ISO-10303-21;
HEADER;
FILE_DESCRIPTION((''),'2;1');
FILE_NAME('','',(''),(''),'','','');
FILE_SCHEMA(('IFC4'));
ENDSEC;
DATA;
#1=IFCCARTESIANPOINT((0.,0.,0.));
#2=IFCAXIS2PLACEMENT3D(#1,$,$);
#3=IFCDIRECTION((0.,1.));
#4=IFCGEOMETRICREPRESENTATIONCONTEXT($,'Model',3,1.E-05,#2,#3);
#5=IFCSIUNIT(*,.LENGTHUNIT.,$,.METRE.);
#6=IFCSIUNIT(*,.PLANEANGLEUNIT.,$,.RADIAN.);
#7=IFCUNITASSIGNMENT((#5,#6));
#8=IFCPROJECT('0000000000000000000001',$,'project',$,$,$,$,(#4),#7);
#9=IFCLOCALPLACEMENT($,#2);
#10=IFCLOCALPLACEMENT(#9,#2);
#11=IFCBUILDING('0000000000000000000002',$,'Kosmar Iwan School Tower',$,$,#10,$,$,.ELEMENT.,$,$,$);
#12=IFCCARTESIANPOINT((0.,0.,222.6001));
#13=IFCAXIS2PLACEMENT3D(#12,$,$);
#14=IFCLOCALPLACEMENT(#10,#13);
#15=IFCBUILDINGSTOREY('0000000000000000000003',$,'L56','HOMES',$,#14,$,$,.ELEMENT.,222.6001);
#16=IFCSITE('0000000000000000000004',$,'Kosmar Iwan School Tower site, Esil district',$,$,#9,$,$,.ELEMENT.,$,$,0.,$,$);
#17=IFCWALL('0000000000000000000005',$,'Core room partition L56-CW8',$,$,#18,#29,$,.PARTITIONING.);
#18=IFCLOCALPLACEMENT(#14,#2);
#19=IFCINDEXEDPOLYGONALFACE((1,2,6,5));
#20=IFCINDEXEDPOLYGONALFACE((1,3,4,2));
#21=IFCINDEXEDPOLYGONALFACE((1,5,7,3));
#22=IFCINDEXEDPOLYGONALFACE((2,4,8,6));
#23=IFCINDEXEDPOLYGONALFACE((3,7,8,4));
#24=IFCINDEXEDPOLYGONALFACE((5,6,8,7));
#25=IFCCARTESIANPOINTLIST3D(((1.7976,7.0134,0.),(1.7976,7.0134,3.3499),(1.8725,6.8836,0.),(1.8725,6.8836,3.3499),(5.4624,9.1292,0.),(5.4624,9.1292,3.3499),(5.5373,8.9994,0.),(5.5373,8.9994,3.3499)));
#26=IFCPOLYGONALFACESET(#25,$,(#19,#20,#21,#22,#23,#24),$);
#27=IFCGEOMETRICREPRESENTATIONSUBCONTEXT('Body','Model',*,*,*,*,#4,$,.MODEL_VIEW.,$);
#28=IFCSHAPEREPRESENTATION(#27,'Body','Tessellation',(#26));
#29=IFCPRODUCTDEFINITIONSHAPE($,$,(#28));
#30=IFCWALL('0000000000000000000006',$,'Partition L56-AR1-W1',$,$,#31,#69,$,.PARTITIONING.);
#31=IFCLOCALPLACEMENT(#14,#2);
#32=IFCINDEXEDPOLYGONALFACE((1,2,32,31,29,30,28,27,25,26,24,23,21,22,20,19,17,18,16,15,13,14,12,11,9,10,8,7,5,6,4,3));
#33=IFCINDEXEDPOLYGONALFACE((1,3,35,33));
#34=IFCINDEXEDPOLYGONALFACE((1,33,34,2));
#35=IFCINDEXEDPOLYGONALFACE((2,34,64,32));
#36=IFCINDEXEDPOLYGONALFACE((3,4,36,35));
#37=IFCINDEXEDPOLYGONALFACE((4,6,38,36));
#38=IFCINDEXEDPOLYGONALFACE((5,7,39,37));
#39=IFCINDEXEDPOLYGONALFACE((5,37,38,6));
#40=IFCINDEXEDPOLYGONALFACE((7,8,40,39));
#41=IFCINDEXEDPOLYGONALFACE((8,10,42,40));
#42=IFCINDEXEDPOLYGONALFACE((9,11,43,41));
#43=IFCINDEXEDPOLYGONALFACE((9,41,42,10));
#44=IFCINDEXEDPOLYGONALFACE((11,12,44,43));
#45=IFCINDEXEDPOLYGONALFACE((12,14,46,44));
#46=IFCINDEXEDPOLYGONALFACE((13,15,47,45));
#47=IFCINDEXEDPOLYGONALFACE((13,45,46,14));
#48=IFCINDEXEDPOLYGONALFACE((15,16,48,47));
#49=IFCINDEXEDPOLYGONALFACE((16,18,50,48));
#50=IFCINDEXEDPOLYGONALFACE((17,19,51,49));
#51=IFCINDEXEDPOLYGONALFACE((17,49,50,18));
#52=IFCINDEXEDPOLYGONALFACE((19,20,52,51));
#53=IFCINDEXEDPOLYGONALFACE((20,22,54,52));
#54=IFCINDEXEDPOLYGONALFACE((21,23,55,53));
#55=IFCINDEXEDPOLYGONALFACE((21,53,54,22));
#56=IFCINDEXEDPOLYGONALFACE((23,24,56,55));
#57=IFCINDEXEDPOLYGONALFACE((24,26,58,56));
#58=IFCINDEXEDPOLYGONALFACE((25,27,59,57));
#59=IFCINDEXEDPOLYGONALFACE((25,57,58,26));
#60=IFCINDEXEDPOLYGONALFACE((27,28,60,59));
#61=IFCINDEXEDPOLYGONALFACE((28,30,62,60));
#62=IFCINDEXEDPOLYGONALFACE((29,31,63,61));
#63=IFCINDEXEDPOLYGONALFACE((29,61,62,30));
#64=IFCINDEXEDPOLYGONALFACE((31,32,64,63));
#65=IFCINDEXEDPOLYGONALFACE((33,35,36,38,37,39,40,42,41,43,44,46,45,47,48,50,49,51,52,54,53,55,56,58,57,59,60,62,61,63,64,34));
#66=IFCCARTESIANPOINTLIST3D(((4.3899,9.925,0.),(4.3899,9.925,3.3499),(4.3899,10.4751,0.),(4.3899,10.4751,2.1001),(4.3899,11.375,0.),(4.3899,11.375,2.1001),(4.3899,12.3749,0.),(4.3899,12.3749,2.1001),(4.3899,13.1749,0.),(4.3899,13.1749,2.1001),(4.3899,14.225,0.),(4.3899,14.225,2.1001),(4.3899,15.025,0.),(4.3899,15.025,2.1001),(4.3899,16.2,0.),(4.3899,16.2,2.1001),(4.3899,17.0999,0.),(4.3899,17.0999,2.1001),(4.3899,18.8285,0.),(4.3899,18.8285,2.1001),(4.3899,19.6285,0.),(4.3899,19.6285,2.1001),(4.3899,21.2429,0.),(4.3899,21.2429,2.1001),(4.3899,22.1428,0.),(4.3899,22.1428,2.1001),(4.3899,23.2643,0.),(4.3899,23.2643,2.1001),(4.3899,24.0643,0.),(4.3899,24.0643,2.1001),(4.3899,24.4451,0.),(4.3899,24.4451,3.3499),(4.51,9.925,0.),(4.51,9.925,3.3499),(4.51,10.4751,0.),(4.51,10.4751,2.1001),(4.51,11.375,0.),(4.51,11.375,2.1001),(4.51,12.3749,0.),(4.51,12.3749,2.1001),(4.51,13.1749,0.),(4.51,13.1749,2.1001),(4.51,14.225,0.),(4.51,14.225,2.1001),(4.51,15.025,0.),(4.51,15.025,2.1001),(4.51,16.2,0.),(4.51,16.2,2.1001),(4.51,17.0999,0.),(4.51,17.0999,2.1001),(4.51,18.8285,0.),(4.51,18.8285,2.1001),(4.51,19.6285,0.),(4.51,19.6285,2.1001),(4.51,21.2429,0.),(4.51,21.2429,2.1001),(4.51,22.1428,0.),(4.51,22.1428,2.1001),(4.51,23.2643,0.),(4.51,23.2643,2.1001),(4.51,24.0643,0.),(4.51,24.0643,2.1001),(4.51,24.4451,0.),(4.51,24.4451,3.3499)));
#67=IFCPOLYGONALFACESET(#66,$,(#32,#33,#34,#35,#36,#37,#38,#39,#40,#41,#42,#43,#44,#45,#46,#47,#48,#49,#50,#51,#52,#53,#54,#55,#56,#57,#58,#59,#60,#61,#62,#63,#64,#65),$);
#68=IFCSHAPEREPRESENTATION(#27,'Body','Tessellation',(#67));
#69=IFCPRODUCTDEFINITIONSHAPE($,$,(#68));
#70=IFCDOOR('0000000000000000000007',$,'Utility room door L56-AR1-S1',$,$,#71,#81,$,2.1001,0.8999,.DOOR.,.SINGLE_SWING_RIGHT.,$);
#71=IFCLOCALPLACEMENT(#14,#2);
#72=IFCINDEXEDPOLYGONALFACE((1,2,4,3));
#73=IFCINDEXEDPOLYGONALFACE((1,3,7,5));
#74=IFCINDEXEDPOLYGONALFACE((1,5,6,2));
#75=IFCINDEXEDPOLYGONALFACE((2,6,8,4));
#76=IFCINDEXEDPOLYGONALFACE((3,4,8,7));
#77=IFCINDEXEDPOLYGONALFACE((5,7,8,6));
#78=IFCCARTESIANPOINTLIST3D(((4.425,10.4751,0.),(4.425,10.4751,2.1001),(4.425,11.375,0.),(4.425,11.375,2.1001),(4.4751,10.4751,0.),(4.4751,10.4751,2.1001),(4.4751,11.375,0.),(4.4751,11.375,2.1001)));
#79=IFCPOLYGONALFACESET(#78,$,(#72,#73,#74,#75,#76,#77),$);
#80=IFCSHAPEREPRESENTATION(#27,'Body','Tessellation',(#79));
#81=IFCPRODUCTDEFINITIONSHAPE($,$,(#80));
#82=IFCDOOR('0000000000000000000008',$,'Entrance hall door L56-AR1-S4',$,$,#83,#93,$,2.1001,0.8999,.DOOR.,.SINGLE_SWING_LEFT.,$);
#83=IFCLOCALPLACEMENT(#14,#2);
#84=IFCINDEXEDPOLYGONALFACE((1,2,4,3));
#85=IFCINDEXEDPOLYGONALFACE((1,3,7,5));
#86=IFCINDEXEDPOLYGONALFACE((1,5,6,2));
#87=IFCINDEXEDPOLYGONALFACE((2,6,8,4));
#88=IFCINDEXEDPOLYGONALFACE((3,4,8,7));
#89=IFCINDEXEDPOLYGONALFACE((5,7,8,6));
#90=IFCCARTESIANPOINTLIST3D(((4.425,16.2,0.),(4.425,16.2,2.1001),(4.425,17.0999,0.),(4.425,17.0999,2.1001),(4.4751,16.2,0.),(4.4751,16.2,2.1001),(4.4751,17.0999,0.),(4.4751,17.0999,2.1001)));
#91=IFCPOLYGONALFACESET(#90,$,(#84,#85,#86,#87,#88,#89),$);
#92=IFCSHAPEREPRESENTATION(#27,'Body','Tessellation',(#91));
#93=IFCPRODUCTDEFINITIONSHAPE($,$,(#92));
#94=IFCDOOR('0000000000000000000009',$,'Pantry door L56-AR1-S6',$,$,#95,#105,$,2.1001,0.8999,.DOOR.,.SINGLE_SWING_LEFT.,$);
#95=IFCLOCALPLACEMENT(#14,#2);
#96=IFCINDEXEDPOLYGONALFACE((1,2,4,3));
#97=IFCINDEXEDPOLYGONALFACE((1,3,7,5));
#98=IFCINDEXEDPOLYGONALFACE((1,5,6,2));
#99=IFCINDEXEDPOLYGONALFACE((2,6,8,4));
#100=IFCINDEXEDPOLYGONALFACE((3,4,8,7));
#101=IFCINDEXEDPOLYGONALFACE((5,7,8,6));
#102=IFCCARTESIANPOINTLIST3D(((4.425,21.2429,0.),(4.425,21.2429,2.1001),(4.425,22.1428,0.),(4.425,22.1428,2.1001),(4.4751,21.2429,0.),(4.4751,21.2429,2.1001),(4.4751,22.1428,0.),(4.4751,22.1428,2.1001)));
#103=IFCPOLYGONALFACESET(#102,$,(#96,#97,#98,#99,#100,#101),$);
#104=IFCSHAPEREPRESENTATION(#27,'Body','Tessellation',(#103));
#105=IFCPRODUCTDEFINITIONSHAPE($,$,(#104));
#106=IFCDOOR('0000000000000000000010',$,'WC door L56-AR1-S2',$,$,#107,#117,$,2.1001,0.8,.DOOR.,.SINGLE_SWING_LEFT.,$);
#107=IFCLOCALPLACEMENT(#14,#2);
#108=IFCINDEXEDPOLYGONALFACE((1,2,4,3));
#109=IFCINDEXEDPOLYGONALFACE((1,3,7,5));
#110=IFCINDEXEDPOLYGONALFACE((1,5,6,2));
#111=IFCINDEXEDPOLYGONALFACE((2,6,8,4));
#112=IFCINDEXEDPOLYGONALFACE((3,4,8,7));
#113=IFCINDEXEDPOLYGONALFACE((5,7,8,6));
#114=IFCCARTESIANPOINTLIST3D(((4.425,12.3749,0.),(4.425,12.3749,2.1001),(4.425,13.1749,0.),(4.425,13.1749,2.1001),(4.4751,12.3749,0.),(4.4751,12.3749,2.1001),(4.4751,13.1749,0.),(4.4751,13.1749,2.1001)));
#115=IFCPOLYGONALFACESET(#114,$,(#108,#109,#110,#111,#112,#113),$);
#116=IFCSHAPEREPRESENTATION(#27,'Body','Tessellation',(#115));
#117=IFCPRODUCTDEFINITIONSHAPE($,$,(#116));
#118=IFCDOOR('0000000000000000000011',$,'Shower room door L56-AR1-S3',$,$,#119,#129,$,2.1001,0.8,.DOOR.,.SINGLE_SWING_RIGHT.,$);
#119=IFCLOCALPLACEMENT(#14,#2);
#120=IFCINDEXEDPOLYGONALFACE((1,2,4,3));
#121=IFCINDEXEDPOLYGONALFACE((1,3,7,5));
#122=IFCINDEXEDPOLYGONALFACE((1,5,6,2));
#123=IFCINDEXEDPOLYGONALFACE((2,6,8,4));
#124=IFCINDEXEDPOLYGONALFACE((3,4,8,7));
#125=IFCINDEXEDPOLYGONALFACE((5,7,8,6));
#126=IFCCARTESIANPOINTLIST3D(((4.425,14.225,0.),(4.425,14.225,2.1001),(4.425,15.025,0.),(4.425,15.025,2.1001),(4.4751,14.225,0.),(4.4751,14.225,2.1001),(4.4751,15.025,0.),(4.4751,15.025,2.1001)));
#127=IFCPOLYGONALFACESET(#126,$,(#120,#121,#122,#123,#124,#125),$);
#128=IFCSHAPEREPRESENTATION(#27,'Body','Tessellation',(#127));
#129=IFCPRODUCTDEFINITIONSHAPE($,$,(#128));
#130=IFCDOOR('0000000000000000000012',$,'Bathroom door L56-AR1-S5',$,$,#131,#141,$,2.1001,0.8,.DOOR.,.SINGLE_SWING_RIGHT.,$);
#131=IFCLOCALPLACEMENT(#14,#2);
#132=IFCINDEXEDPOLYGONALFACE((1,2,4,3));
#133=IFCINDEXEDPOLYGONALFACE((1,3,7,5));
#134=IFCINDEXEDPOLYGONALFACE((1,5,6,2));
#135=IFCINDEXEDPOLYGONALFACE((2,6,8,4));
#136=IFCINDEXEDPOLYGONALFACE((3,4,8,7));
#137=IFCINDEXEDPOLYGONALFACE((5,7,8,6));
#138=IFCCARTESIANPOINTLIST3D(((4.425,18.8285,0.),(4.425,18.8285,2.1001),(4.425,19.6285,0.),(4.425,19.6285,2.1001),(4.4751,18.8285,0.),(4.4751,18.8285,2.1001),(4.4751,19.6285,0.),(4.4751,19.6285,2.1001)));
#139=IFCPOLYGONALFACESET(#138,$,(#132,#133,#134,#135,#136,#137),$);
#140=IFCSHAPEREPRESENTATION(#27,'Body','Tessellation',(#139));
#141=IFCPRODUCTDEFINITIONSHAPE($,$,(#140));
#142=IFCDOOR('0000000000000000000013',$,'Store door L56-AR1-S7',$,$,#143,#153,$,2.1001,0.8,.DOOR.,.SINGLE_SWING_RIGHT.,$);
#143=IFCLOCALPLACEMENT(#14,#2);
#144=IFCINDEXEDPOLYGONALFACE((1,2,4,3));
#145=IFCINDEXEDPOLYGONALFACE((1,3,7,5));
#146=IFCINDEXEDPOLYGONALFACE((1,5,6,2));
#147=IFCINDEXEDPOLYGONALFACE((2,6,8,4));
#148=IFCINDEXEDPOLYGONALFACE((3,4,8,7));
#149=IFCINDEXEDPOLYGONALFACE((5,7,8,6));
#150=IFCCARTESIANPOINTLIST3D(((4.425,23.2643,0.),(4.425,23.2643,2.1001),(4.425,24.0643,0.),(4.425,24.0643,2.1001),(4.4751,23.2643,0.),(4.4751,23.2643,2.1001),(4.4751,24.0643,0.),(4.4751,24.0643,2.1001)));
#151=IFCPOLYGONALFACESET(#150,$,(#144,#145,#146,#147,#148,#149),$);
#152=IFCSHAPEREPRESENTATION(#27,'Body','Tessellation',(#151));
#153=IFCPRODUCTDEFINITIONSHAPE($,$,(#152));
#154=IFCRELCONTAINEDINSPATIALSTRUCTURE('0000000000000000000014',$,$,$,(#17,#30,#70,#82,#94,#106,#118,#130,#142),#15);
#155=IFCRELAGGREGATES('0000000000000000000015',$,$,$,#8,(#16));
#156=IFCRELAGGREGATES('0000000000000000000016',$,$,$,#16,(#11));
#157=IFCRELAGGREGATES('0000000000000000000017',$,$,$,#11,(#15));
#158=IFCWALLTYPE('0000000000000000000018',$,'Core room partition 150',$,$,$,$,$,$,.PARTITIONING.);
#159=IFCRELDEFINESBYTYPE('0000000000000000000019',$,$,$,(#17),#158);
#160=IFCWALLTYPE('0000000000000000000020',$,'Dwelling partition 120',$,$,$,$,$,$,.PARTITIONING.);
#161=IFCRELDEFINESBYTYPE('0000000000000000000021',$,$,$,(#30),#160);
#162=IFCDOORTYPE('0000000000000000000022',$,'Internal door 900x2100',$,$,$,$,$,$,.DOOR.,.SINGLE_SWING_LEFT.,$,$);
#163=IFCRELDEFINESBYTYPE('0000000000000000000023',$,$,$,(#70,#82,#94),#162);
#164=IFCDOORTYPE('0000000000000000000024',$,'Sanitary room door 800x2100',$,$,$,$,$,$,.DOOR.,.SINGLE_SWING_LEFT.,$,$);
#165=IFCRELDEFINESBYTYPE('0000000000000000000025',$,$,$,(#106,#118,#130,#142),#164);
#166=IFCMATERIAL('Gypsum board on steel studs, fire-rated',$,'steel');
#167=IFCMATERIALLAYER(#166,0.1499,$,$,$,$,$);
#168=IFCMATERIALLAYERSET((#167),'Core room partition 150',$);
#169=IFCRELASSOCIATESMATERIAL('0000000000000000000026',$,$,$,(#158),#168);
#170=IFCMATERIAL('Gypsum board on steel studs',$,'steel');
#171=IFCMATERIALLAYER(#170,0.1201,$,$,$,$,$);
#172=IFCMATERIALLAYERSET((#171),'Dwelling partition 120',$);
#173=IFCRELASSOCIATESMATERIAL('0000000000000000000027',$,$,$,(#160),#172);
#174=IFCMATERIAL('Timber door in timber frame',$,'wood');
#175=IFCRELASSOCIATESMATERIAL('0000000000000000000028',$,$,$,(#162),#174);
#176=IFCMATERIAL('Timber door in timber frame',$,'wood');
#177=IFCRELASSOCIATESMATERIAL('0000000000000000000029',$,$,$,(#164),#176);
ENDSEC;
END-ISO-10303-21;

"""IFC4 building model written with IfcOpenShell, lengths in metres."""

from ifc_helpers import new_model, si_unit, direction, frame, frame_2d, origin, place, context, subcontext, project, spatial, rectangle, extrude, material, layer, layer_set, type_object, element, fill, save


model = new_model("IFC4")

# Units and contexts
model_context = context("Model", 3, precision=1e-05, world=origin(), true_north=direction((0.0, 1.0)))
body_context = subcontext(model_context, "Body", "Model", "MODEL_VIEW")
ifc_project = project(units=[si_unit("LENGTHUNIT", "METRE"), si_unit("PLANEANGLEUNIT", "RADIAN")], contexts=[model_context])

# Site, building, storey
site_placement = place(None, origin())
site = spatial("IfcSite", under=ifc_project, at=site_placement, Name="Kosmar Iwan School Tower site, Esil district", CompositionType="ELEMENT", RefElevation=0.0)
building_placement = place(site_placement, origin())
building = spatial("IfcBuilding", under=site, at=building_placement, Name="Kosmar Iwan School Tower", CompositionType="ELEMENT")
storey_placement = place(building_placement, frame((0.0, 0.0, 222.6001)))
storey = spatial("IfcBuildingStorey", under=building, at=storey_placement, Name="L56", Description="HOMES", CompositionType="ELEMENT", Elevation=222.6001)

# Wall
ifc_material_1 = material(Name="Gypsum board on steel studs, fire-rated", Category="steel")
ifc_layer_1 = layer(ifc_material_1, 0.1499)
ifc_layer_set_1 = layer_set([ifc_layer_1], Name="Core room partition 150")
wall_type_1 = type_object("IfcWallType", Name="Core room partition 150", PredefinedType="PARTITIONING", material=ifc_layer_set_1)
wall_1_placement = place(storey_placement, frame((5.4998, 9.0642, 0.0), z_axis=(0.0, 0.0, 1.0), x_axis=(-0.866041, -0.499974, 0.0)))
element("IfcWall", 1, at=wall_1_placement, inside=storey, type_object=wall_type_1, Name="Core room partition L56-CW8", PredefinedType="PARTITIONING", context=body_context, shape_type="SweptSolid", body=[
    extrude(rectangle(XDim=4.2317, YDim=0.1499, at=frame_2d((2.1157, 0.0))), origin(), (0.0, 0.0, 1.0), 3.3499),
])

# Wall, openings, doors
ifc_material_2 = material(Name="Gypsum board on steel studs", Category="steel")
ifc_layer_2 = layer(ifc_material_2, 0.1201)
ifc_layer_set_2 = layer_set([ifc_layer_2], Name="Dwelling partition 120")
wall_type_2 = type_object("IfcWallType", Name="Dwelling partition 120", PredefinedType="PARTITIONING", material=ifc_layer_set_2)
wall_2_placement = place(storey_placement, frame((4.45, 9.925, 0.0), z_axis=(0.0, 0.0, 1.0), x_axis=(0.0, 1.0, 0.0)))
wall_2 = element("IfcWall", 2, at=wall_2_placement, inside=storey, type_object=wall_type_2, Name="Partition L56-AR1-W1", PredefinedType="PARTITIONING", context=body_context, shape_type="SweptSolid", body=[
    extrude(rectangle(XDim=14.52, YDim=0.1201, at=frame_2d((7.26, 0.0))), origin(), (0.0, 0.0, 1.0), 3.3499),
])
opening_1_placement = place(wall_2_placement, frame((0.55, 0.0, 0.0)))
opening_1 = element("IfcOpeningElement", 3, at=opening_1_placement, cuts=wall_2, PredefinedType="OPENING", context=body_context, shape_type="SweptSolid", body=[
    extrude(rectangle(XDim=0.8999, YDim=2.1001, at=frame_2d((0.45, 1.05))), frame((0.0, 0.072, 0.0), z_axis=(0.0, -1.0, 0.0), x_axis=(1.0, 0.0, 0.0)), (0.0, 0.0, 1.0), 0.144),
])
opening_2_placement = place(wall_2_placement, frame((2.45, 0.0, 0.0)))
opening_2 = element("IfcOpeningElement", 4, at=opening_2_placement, cuts=wall_2, PredefinedType="OPENING", context=body_context, shape_type="SweptSolid", body=[
    extrude(rectangle(XDim=0.8, YDim=2.1001, at=frame_2d((0.3999, 1.05))), frame((0.0, 0.072, 0.0), z_axis=(0.0, -1.0, 0.0), x_axis=(1.0, 0.0, 0.0)), (0.0, 0.0, 1.0), 0.144),
])
opening_3_placement = place(wall_2_placement, frame((4.3, 0.0, 0.0)))
opening_3 = element("IfcOpeningElement", 5, at=opening_3_placement, cuts=wall_2, PredefinedType="OPENING", context=body_context, shape_type="SweptSolid", body=[
    extrude(rectangle(XDim=0.8, YDim=2.1001, at=frame_2d((0.3999, 1.05))), frame((0.0, 0.072, 0.0), z_axis=(0.0, -1.0, 0.0), x_axis=(1.0, 0.0, 0.0)), (0.0, 0.0, 1.0), 0.144),
])
opening_4_placement = place(wall_2_placement, frame((6.2749, 0.0, 0.0)))
opening_4 = element("IfcOpeningElement", 6, at=opening_4_placement, cuts=wall_2, PredefinedType="OPENING", context=body_context, shape_type="SweptSolid", body=[
    extrude(rectangle(XDim=0.8999, YDim=2.1001, at=frame_2d((0.45, 1.05))), frame((0.0, 0.072, 0.0), z_axis=(0.0, -1.0, 0.0), x_axis=(1.0, 0.0, 0.0)), (0.0, 0.0, 1.0), 0.144),
])
opening_5_placement = place(wall_2_placement, frame((8.9036, 0.0, 0.0)))
opening_5 = element("IfcOpeningElement", 7, at=opening_5_placement, cuts=wall_2, PredefinedType="OPENING", context=body_context, shape_type="SweptSolid", body=[
    extrude(rectangle(XDim=0.8, YDim=2.1001, at=frame_2d((0.3999, 1.05))), frame((0.0, 0.072, 0.0), z_axis=(0.0, -1.0, 0.0), x_axis=(1.0, 0.0, 0.0)), (0.0, 0.0, 1.0), 0.144),
])
opening_6_placement = place(wall_2_placement, frame((11.3179, 0.0, 0.0)))
opening_6 = element("IfcOpeningElement", 8, at=opening_6_placement, cuts=wall_2, PredefinedType="OPENING", context=body_context, shape_type="SweptSolid", body=[
    extrude(rectangle(XDim=0.8999, YDim=2.1001, at=frame_2d((0.45, 1.05))), frame((0.0, 0.072, 0.0), z_axis=(0.0, -1.0, 0.0), x_axis=(1.0, 0.0, 0.0)), (0.0, 0.0, 1.0), 0.144),
])
opening_7_placement = place(wall_2_placement, frame((13.3394, 0.0, 0.0)))
opening_7 = element("IfcOpeningElement", 9, at=opening_7_placement, cuts=wall_2, PredefinedType="OPENING", context=body_context, shape_type="SweptSolid", body=[
    extrude(rectangle(XDim=0.8, YDim=2.1001, at=frame_2d((0.3999, 1.05))), frame((0.0, 0.072, 0.0), z_axis=(0.0, -1.0, 0.0), x_axis=(1.0, 0.0, 0.0)), (0.0, 0.0, 1.0), 0.144),
])
ifc_material_3 = material(Name="Timber door in timber frame", Category="wood")
door_type_1 = type_object("IfcDoorType", Name="Internal door 900x2100", OperationType="SINGLE_SWING_LEFT", PredefinedType="DOOR", material=ifc_material_3)
door_1_placement = place(opening_1_placement, origin())
door_1 = element("IfcDoor", 10, at=door_1_placement, inside=storey, type_object=door_type_1, Name="Utility room door L56-AR1-S1", OperationType="SINGLE_SWING_RIGHT", OverallHeight=2.1001, OverallWidth=0.8999, PredefinedType="DOOR", context=body_context, shape_type="SweptSolid", body=[
    extrude(rectangle(XDim=0.8999, YDim=2.1001, at=frame_2d((0.45, 1.05))), frame((0.0, 0.0249, 0.0), z_axis=(0.0, -1.0, 0.0), x_axis=(1.0, 0.0, 0.0)), (0.0, 0.0, 1.0), 0.05),
])
fill(opening_1, door_1)
door_2_placement = place(opening_4_placement, origin())
door_2 = element("IfcDoor", 11, at=door_2_placement, inside=storey, type_object=door_type_1, Name="Entrance hall door L56-AR1-S4", OperationType="SINGLE_SWING_LEFT", OverallHeight=2.1001, OverallWidth=0.8999, PredefinedType="DOOR", context=body_context, shape_type="SweptSolid", body=[
    extrude(rectangle(XDim=0.8999, YDim=2.1001, at=frame_2d((0.45, 1.05))), frame((0.0, 0.0249, 0.0), z_axis=(0.0, -1.0, 0.0), x_axis=(1.0, 0.0, 0.0)), (0.0, 0.0, 1.0), 0.05),
])
fill(opening_4, door_2)
door_3_placement = place(opening_6_placement, origin())
door_3 = element("IfcDoor", 12, at=door_3_placement, inside=storey, type_object=door_type_1, Name="Pantry door L56-AR1-S6", OperationType="SINGLE_SWING_LEFT", OverallHeight=2.1001, OverallWidth=0.8999, PredefinedType="DOOR", context=body_context, shape_type="SweptSolid", body=[
    extrude(rectangle(XDim=0.8999, YDim=2.1001, at=frame_2d((0.45, 1.05))), frame((0.0, 0.0249, 0.0), z_axis=(0.0, -1.0, 0.0), x_axis=(1.0, 0.0, 0.0)), (0.0, 0.0, 1.0), 0.05),
])
fill(opening_6, door_3)
ifc_material_4 = material(Name="Timber door in timber frame", Category="wood")
door_type_2 = type_object("IfcDoorType", Name="Sanitary room door 800x2100", OperationType="SINGLE_SWING_LEFT", PredefinedType="DOOR", material=ifc_material_4)
door_4_placement = place(opening_2_placement, origin())
door_4 = element("IfcDoor", 13, at=door_4_placement, inside=storey, type_object=door_type_2, Name="WC door L56-AR1-S2", OperationType="SINGLE_SWING_LEFT", OverallHeight=2.1001, OverallWidth=0.8, PredefinedType="DOOR", context=body_context, shape_type="SweptSolid", body=[
    extrude(rectangle(XDim=0.8, YDim=2.1001, at=frame_2d((0.3999, 1.05))), frame((0.0, 0.0249, 0.0), z_axis=(0.0, -1.0, 0.0), x_axis=(1.0, 0.0, 0.0)), (0.0, 0.0, 1.0), 0.05),
])
fill(opening_2, door_4)
door_5_placement = place(opening_3_placement, origin())
door_5 = element("IfcDoor", 14, at=door_5_placement, inside=storey, type_object=door_type_2, Name="Shower room door L56-AR1-S3", OperationType="SINGLE_SWING_RIGHT", OverallHeight=2.1001, OverallWidth=0.8, PredefinedType="DOOR", context=body_context, shape_type="SweptSolid", body=[
    extrude(rectangle(XDim=0.8, YDim=2.1001, at=frame_2d((0.3999, 1.05))), frame((0.0, 0.0249, 0.0), z_axis=(0.0, -1.0, 0.0), x_axis=(1.0, 0.0, 0.0)), (0.0, 0.0, 1.0), 0.05),
])
fill(opening_3, door_5)
door_6_placement = place(opening_5_placement, origin())
door_6 = element("IfcDoor", 15, at=door_6_placement, inside=storey, type_object=door_type_2, Name="Bathroom door L56-AR1-S5", OperationType="SINGLE_SWING_RIGHT", OverallHeight=2.1001, OverallWidth=0.8, PredefinedType="DOOR", context=body_context, shape_type="SweptSolid", body=[
    extrude(rectangle(XDim=0.8, YDim=2.1001, at=frame_2d((0.3999, 1.05))), frame((0.0, 0.0249, 0.0), z_axis=(0.0, -1.0, 0.0), x_axis=(1.0, 0.0, 0.0)), (0.0, 0.0, 1.0), 0.05),
])
fill(opening_5, door_6)
door_7_placement = place(opening_7_placement, origin())
door_7 = element("IfcDoor", 16, at=door_7_placement, inside=storey, type_object=door_type_2, Name="Store door L56-AR1-S7", OperationType="SINGLE_SWING_RIGHT", OverallHeight=2.1001, OverallWidth=0.8, PredefinedType="DOOR", context=body_context, shape_type="SweptSolid", body=[
    extrude(rectangle(XDim=0.8, YDim=2.1001, at=frame_2d((0.3999, 1.05))), frame((0.0, 0.0249, 0.0), z_axis=(0.0, -1.0, 0.0), x_axis=(1.0, 0.0, 0.0)), (0.0, 0.0, 1.0), 0.05),
])
fill(opening_7, door_7)

save(model, "model.ifc")
